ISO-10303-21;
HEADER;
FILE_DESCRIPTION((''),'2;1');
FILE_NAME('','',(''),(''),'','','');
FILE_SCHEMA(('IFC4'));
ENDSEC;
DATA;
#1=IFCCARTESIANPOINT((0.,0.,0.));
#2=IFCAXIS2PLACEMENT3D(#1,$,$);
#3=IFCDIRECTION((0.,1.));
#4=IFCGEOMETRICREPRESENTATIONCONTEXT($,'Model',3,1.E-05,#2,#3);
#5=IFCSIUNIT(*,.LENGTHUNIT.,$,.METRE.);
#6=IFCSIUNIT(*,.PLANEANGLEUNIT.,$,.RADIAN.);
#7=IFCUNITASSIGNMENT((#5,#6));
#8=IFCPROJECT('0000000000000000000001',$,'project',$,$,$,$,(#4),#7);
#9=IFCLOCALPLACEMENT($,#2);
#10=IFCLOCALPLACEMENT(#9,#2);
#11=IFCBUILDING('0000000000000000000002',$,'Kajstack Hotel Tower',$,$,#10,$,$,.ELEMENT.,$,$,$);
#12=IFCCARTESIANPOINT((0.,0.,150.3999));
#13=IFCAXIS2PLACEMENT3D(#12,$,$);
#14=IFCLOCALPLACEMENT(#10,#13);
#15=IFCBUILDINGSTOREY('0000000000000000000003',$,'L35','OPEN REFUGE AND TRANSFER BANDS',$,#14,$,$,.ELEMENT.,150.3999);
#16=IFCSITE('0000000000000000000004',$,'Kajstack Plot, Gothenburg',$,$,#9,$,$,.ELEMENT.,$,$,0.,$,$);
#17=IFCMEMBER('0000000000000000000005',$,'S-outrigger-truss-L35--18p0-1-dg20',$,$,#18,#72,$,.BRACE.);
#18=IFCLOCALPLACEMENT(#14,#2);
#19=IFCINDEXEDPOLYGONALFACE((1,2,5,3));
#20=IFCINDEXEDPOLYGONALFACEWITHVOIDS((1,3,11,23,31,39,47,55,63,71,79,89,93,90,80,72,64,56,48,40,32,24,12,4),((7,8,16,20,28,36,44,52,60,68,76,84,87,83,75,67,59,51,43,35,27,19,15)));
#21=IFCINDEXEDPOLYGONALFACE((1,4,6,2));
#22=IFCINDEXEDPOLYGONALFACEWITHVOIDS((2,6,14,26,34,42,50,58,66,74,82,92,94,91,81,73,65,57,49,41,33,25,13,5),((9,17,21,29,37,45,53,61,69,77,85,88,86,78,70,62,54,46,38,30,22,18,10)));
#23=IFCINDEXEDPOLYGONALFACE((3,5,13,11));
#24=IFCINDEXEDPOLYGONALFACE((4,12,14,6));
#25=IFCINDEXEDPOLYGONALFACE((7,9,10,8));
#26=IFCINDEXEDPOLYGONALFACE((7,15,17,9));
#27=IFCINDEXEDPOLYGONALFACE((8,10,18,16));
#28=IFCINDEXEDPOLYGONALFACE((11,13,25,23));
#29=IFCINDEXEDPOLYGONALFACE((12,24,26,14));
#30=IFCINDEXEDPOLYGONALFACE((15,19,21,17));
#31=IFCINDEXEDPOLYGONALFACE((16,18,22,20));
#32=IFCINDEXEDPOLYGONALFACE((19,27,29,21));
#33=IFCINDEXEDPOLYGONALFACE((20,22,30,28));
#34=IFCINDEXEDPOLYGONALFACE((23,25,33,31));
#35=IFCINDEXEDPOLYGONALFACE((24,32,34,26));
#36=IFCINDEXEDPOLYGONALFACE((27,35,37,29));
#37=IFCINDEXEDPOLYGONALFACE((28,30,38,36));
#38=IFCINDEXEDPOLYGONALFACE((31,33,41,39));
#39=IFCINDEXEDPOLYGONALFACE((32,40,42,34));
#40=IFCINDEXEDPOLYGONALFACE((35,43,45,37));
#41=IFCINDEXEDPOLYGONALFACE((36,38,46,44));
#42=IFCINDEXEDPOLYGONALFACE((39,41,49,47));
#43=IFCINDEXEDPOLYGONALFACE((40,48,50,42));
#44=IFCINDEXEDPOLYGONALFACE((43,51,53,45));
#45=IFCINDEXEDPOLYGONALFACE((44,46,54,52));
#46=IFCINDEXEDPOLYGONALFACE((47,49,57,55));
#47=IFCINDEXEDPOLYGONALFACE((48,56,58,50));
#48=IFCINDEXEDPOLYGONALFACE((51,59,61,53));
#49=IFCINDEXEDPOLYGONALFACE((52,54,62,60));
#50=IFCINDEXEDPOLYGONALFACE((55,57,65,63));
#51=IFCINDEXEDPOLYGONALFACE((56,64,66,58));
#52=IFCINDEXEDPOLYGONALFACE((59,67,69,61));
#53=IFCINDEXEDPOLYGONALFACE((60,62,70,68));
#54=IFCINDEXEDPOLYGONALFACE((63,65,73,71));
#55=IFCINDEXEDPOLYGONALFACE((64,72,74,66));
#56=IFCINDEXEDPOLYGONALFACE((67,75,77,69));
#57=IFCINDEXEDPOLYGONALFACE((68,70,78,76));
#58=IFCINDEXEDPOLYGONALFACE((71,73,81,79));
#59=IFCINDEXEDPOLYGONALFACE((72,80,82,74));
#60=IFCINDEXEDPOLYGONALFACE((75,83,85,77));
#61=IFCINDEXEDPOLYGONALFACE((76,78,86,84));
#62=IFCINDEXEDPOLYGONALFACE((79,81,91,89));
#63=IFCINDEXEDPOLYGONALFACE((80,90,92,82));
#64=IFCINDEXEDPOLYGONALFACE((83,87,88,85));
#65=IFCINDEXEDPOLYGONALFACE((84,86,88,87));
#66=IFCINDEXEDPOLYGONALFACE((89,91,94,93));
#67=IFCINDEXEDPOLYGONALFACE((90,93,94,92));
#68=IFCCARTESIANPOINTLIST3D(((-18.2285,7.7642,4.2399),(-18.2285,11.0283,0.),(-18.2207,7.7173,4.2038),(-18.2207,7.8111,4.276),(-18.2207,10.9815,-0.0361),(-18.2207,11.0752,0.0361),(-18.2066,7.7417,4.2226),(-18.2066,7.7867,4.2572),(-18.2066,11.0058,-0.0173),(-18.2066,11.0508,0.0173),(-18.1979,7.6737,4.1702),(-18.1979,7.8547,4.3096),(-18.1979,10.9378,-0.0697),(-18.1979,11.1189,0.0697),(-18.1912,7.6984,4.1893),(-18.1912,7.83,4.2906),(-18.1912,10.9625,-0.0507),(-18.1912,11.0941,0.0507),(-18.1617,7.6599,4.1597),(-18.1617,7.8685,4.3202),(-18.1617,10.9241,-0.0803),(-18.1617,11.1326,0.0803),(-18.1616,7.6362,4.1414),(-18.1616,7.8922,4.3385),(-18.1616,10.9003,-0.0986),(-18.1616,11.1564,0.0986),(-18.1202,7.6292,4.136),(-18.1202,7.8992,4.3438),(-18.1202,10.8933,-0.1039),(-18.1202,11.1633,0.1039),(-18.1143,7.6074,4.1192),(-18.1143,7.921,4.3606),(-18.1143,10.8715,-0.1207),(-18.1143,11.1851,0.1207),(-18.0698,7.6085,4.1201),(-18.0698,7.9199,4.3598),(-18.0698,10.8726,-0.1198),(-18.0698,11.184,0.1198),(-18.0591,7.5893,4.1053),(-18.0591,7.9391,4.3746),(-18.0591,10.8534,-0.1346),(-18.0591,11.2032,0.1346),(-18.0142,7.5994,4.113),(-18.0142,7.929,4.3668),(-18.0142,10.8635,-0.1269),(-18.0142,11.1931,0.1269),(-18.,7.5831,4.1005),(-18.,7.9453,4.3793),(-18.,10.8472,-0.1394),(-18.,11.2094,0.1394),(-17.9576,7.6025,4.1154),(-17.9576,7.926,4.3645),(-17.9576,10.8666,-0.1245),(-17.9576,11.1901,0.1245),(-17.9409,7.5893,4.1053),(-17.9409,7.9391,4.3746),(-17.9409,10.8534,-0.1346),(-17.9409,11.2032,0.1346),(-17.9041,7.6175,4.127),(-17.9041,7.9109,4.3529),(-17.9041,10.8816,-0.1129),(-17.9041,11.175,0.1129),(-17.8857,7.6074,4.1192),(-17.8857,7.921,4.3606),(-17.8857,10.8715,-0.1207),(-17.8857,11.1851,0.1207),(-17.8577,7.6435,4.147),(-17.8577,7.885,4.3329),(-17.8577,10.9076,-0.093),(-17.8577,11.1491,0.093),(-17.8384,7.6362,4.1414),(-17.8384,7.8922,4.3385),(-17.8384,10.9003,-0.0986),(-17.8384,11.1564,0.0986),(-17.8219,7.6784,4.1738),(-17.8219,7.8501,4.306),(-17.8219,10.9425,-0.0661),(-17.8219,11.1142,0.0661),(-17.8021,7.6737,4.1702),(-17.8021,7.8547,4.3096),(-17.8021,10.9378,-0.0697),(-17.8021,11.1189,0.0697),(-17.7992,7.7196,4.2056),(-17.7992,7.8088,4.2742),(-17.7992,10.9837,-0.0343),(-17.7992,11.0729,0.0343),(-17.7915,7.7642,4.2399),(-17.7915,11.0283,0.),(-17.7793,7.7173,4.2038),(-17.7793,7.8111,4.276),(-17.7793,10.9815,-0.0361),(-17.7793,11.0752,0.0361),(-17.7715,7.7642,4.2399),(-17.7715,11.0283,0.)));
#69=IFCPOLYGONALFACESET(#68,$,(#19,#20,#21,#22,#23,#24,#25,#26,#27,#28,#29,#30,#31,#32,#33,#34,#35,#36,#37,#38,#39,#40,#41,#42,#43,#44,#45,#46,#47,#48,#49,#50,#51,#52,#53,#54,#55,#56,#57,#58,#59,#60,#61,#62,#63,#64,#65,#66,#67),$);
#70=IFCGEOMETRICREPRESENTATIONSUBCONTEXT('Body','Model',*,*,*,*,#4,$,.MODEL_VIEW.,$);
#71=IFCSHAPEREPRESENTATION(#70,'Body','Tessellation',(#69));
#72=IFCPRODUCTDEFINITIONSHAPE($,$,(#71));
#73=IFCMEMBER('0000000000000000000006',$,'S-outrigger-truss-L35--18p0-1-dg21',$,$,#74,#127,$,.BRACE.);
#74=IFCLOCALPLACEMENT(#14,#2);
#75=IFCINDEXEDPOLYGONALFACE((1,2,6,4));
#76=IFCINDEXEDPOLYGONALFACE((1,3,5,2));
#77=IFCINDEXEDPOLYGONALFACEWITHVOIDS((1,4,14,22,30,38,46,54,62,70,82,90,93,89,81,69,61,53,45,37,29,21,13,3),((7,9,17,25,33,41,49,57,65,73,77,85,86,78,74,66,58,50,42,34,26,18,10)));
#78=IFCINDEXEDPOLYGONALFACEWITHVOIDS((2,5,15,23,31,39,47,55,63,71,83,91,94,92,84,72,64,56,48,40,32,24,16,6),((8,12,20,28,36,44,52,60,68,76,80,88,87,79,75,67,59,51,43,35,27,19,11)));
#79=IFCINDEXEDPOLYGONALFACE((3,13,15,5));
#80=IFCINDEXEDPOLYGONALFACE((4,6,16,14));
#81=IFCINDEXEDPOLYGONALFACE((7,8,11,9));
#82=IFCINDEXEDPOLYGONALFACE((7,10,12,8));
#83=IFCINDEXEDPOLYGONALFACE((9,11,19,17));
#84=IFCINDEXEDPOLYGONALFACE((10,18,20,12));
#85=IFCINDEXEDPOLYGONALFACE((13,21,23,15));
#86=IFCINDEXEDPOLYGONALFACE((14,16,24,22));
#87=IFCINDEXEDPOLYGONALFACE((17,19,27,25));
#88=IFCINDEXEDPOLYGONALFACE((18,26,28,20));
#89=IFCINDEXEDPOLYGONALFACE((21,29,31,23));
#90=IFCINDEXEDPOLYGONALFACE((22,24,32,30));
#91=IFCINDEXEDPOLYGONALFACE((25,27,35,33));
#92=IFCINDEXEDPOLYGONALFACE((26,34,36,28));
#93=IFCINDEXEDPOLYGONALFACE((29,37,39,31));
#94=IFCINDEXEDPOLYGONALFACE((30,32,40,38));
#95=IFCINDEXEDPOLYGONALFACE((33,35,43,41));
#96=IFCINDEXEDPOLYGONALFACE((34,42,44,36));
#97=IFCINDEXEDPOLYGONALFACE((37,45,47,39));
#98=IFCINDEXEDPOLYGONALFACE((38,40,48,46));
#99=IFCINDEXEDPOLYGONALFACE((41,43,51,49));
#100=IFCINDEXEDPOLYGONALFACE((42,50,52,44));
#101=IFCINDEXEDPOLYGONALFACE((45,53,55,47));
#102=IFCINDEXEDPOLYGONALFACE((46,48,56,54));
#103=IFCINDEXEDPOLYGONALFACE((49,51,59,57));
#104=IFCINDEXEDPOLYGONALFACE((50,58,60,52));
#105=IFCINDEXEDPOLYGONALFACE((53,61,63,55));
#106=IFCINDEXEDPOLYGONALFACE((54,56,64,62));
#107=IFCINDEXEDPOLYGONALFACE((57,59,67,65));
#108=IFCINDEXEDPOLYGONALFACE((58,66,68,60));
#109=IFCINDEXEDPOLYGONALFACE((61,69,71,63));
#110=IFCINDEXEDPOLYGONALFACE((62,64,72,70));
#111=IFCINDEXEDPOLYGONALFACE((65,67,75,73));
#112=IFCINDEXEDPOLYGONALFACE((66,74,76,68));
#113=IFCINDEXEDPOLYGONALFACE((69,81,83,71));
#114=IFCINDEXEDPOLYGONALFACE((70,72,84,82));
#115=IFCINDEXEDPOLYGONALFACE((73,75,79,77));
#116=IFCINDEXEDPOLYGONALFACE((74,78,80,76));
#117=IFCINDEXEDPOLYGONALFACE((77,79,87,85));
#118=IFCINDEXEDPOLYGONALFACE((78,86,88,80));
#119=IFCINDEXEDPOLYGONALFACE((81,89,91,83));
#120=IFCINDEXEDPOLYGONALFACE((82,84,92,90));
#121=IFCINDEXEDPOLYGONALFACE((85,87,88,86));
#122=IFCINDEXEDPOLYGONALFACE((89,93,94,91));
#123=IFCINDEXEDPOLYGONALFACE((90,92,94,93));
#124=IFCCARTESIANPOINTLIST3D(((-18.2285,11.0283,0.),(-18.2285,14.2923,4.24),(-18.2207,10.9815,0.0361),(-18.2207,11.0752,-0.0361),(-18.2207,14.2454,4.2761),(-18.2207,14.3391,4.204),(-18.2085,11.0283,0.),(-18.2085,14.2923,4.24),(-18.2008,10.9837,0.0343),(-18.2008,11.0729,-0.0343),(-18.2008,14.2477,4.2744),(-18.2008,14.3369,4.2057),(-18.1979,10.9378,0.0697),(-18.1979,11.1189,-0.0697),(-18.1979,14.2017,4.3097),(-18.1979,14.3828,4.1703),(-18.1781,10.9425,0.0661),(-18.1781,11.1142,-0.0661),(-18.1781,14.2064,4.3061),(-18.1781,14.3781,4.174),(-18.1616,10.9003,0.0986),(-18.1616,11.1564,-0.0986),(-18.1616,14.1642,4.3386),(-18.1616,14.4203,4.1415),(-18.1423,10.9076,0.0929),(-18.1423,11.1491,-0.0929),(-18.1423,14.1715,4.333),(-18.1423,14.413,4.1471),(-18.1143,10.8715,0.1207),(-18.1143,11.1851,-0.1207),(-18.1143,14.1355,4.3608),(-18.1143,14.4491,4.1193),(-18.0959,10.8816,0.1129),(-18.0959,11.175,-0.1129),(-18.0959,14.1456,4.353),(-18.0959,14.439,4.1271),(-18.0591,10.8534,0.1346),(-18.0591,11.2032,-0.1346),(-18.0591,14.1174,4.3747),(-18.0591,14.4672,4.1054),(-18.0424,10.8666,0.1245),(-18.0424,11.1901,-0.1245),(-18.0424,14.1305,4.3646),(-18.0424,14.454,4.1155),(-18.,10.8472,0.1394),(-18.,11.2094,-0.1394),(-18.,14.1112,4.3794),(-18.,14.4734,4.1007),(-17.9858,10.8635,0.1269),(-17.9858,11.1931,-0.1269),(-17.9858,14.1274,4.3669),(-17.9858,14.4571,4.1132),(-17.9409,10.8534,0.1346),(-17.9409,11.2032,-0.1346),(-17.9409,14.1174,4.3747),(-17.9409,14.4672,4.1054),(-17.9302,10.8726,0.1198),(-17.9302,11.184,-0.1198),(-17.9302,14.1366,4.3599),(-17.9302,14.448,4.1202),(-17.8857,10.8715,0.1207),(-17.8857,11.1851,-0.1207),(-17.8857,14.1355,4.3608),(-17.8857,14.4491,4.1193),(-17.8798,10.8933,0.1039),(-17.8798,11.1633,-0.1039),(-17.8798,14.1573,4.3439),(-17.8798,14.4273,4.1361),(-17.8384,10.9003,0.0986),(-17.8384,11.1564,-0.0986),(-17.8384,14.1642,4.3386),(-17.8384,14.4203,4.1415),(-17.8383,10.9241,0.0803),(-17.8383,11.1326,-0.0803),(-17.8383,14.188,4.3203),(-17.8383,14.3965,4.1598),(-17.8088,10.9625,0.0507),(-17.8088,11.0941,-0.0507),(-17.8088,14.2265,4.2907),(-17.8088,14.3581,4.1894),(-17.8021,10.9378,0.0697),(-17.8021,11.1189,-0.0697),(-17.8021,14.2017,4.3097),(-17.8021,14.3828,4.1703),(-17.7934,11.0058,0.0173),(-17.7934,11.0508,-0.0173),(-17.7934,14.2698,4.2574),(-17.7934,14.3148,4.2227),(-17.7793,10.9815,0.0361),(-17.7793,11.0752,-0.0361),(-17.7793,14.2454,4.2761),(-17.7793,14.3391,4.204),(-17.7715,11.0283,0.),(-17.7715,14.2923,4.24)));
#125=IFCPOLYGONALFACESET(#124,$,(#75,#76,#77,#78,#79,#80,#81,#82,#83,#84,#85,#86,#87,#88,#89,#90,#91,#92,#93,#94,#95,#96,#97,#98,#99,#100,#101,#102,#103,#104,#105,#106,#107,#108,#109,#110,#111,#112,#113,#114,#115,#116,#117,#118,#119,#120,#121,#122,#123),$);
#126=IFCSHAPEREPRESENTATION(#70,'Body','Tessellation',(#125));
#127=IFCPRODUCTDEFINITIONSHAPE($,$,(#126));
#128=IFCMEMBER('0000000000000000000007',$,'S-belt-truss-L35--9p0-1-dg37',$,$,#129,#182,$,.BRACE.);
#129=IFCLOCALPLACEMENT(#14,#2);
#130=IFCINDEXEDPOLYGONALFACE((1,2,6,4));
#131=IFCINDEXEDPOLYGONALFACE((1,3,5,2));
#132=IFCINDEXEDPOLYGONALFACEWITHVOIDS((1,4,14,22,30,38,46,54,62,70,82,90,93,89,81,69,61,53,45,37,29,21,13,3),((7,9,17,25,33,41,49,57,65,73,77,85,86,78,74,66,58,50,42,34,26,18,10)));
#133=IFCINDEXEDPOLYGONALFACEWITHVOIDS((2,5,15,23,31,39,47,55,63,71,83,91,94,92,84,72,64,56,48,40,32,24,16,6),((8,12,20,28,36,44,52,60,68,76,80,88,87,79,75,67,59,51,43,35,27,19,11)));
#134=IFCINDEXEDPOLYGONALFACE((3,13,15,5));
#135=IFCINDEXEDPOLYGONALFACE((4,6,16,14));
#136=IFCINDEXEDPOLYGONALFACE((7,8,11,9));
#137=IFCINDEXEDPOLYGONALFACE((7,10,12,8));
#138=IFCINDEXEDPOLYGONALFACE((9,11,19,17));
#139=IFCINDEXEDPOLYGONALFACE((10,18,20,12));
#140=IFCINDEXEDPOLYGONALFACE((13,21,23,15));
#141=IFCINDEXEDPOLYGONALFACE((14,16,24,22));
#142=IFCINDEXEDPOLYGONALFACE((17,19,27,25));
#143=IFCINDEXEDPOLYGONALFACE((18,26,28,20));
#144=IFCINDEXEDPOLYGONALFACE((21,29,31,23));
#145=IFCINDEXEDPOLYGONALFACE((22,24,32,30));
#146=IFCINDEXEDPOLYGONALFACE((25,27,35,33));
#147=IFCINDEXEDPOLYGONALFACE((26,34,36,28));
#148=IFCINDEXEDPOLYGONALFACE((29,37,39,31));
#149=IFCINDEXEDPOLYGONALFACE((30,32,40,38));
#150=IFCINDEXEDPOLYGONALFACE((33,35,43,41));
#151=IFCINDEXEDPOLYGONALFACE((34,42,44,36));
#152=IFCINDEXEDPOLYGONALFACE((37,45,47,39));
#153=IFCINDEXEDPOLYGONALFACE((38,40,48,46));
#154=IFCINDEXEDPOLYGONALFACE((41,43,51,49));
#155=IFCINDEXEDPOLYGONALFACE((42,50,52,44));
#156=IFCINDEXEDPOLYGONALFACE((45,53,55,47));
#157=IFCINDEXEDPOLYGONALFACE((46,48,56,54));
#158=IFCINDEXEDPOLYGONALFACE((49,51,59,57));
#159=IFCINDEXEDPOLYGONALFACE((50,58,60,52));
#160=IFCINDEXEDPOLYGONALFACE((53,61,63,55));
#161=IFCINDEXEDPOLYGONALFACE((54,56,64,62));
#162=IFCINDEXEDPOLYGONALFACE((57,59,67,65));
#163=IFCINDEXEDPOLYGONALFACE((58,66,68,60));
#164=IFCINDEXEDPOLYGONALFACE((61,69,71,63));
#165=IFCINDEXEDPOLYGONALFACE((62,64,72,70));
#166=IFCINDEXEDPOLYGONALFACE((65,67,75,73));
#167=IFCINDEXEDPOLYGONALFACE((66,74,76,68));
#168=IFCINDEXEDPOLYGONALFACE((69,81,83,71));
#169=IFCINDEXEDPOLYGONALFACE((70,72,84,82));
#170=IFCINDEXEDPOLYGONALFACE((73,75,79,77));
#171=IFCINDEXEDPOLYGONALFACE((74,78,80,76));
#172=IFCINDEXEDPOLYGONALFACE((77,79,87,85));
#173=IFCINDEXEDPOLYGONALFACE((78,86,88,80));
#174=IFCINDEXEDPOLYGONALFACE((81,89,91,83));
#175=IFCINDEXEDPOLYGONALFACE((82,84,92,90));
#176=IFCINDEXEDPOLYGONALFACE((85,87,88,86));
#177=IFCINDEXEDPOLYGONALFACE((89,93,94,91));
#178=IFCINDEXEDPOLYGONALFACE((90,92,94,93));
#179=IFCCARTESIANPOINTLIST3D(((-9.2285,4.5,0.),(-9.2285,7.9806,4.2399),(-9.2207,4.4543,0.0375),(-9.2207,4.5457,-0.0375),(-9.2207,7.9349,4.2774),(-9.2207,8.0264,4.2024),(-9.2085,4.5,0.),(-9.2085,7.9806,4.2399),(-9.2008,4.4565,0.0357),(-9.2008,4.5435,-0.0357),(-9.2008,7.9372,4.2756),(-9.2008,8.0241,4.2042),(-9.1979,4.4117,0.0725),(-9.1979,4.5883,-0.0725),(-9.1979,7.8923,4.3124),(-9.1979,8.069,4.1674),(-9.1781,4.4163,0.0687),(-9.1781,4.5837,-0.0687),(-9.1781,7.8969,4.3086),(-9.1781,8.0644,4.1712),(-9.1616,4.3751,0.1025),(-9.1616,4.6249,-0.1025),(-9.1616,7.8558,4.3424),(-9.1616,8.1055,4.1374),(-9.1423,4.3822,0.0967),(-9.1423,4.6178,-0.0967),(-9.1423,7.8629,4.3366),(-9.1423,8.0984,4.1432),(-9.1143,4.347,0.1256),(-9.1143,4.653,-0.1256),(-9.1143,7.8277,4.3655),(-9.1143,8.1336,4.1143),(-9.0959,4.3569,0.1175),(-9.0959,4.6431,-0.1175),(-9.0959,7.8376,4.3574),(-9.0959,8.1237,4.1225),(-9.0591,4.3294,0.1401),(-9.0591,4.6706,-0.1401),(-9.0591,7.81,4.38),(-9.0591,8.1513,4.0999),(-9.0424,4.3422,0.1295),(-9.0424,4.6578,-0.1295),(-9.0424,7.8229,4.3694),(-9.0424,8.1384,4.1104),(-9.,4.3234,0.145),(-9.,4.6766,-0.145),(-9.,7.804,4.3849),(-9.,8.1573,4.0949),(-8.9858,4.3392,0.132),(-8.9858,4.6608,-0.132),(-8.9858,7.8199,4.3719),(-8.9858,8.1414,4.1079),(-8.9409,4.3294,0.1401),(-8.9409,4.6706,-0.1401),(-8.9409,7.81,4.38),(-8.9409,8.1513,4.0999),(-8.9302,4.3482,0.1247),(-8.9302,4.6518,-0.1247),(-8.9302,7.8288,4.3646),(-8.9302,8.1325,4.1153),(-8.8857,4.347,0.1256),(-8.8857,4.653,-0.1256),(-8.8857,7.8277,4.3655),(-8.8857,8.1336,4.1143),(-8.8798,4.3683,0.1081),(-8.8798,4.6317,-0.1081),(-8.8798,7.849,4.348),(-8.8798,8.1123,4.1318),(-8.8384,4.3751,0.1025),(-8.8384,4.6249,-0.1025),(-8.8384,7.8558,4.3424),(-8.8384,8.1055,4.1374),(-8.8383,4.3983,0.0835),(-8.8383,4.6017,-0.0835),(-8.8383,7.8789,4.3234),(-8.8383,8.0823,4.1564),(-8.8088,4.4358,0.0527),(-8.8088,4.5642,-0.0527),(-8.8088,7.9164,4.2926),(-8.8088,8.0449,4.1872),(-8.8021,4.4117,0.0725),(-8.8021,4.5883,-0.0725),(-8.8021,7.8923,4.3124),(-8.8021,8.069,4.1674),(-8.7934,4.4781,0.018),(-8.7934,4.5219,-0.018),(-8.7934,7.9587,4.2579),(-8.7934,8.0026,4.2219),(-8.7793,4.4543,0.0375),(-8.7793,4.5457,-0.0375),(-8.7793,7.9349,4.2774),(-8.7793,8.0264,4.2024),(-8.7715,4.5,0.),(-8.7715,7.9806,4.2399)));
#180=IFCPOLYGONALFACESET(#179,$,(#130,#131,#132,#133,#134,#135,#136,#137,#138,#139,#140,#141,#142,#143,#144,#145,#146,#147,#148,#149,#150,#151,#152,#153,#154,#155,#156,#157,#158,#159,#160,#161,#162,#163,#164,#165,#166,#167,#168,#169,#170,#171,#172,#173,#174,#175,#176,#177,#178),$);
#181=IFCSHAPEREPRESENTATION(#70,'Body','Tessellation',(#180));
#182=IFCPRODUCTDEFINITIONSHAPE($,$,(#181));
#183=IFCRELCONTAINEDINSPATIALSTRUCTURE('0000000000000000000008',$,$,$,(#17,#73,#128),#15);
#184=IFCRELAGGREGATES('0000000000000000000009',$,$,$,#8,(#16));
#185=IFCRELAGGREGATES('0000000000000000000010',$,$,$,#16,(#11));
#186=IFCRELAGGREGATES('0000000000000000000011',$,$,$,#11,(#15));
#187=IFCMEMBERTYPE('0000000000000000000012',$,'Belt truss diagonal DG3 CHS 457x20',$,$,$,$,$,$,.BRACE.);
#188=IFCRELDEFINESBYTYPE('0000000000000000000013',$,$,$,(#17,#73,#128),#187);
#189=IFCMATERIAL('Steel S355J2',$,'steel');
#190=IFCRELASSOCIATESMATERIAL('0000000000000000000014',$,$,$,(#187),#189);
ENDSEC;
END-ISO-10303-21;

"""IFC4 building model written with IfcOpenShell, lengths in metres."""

from ifc_helpers import new_model, si_unit, direction, frame, origin, origin_2d, place, context, subcontext, project, spatial, hollow_circle, extrude, material, material_profile, profile_set, type_object, element, save


model = new_model("IFC4")

# Units and contexts
model_context = context("Model", 3, precision=1e-05, world=origin(), true_north=direction((0.0, 1.0)))
body_context = subcontext(model_context, "Body", "Model", "MODEL_VIEW")
ifc_project = project(units=[si_unit("LENGTHUNIT", "METRE"), si_unit("PLANEANGLEUNIT", "RADIAN")], contexts=[model_context])

# Site, building, storey
site_placement = place(None, origin())
site = spatial("IfcSite", under=ifc_project, at=site_placement, Name="Kajstack Plot, Gothenburg", CompositionType="ELEMENT", RefElevation=0.0)
building_placement = place(site_placement, origin())
building = spatial("IfcBuilding", under=site, at=building_placement, Name="Kajstack Hotel Tower", CompositionType="ELEMENT")
storey_placement = place(building_placement, frame((0.0, 0.0, 150.3999)))
storey = spatial("IfcBuildingStorey", under=building, at=storey_placement, Name="L35", Description="OPEN REFUGE AND TRANSFER BANDS", CompositionType="ELEMENT", Elevation=150.3999)

# Members
ifc_material = material(Name="Steel S355J2", Category="steel")
ifc_material_profile_1 = material_profile(ifc_material, hollow_circle(Radius=0.2285, WallThickness=0.02, at=origin_2d()), Name="CHS 457x20")
ifc_profile_set_1 = profile_set([ifc_material_profile_1], Name="Steel S355J2")
member_type_1 = type_object("IfcMemberType", Name="Belt truss diagonal DG3 CHS 457x20", PredefinedType="BRACE", material=ifc_profile_set_1)
for number, where, z_axis, x_axis, name in (
    (1, (-18.0, 11.0283, 0.0), (0.0, -0.610019, 0.792386), (1.0, 0.0, 0.0), "S-outrigger-truss-L35--18p0-1-dg20"),
    (2, (-18.0, 11.0283, 0.0), (0.0, 0.609991, 0.792409), (-1.0, 0.0, 0.0), "S-outrigger-truss-L35--18p0-1-dg21"),
):
    element("IfcMember", number, at=place(storey_placement, frame(where, z_axis=z_axis, x_axis=x_axis)), inside=storey, type_object=member_type_1, Name=name, PredefinedType="BRACE", context=body_context, shape_type="SweptSolid", body=[
        extrude(hollow_circle(Radius=0.2285, WallThickness=0.02, at=origin_2d()), origin(), (0.0, 0.0, 1.0), 5.3508),
    ])
member_1_placement = place(storey_placement, frame((-9.0, 4.5, 0.0), z_axis=(0.0, 0.634507, 0.772917), x_axis=(-1.0, 0.0, 0.0)))
element("IfcMember", 3, at=member_1_placement, inside=storey, type_object=member_type_1, Name="S-belt-truss-L35--9p0-1-dg37", PredefinedType="BRACE", context=body_context, shape_type="SweptSolid", body=[
    extrude(hollow_circle(Radius=0.2285, WallThickness=0.02, at=origin_2d()), origin(), (0.0, 0.0, 1.0), 5.4856),
])

save(model, "model.ifc")
